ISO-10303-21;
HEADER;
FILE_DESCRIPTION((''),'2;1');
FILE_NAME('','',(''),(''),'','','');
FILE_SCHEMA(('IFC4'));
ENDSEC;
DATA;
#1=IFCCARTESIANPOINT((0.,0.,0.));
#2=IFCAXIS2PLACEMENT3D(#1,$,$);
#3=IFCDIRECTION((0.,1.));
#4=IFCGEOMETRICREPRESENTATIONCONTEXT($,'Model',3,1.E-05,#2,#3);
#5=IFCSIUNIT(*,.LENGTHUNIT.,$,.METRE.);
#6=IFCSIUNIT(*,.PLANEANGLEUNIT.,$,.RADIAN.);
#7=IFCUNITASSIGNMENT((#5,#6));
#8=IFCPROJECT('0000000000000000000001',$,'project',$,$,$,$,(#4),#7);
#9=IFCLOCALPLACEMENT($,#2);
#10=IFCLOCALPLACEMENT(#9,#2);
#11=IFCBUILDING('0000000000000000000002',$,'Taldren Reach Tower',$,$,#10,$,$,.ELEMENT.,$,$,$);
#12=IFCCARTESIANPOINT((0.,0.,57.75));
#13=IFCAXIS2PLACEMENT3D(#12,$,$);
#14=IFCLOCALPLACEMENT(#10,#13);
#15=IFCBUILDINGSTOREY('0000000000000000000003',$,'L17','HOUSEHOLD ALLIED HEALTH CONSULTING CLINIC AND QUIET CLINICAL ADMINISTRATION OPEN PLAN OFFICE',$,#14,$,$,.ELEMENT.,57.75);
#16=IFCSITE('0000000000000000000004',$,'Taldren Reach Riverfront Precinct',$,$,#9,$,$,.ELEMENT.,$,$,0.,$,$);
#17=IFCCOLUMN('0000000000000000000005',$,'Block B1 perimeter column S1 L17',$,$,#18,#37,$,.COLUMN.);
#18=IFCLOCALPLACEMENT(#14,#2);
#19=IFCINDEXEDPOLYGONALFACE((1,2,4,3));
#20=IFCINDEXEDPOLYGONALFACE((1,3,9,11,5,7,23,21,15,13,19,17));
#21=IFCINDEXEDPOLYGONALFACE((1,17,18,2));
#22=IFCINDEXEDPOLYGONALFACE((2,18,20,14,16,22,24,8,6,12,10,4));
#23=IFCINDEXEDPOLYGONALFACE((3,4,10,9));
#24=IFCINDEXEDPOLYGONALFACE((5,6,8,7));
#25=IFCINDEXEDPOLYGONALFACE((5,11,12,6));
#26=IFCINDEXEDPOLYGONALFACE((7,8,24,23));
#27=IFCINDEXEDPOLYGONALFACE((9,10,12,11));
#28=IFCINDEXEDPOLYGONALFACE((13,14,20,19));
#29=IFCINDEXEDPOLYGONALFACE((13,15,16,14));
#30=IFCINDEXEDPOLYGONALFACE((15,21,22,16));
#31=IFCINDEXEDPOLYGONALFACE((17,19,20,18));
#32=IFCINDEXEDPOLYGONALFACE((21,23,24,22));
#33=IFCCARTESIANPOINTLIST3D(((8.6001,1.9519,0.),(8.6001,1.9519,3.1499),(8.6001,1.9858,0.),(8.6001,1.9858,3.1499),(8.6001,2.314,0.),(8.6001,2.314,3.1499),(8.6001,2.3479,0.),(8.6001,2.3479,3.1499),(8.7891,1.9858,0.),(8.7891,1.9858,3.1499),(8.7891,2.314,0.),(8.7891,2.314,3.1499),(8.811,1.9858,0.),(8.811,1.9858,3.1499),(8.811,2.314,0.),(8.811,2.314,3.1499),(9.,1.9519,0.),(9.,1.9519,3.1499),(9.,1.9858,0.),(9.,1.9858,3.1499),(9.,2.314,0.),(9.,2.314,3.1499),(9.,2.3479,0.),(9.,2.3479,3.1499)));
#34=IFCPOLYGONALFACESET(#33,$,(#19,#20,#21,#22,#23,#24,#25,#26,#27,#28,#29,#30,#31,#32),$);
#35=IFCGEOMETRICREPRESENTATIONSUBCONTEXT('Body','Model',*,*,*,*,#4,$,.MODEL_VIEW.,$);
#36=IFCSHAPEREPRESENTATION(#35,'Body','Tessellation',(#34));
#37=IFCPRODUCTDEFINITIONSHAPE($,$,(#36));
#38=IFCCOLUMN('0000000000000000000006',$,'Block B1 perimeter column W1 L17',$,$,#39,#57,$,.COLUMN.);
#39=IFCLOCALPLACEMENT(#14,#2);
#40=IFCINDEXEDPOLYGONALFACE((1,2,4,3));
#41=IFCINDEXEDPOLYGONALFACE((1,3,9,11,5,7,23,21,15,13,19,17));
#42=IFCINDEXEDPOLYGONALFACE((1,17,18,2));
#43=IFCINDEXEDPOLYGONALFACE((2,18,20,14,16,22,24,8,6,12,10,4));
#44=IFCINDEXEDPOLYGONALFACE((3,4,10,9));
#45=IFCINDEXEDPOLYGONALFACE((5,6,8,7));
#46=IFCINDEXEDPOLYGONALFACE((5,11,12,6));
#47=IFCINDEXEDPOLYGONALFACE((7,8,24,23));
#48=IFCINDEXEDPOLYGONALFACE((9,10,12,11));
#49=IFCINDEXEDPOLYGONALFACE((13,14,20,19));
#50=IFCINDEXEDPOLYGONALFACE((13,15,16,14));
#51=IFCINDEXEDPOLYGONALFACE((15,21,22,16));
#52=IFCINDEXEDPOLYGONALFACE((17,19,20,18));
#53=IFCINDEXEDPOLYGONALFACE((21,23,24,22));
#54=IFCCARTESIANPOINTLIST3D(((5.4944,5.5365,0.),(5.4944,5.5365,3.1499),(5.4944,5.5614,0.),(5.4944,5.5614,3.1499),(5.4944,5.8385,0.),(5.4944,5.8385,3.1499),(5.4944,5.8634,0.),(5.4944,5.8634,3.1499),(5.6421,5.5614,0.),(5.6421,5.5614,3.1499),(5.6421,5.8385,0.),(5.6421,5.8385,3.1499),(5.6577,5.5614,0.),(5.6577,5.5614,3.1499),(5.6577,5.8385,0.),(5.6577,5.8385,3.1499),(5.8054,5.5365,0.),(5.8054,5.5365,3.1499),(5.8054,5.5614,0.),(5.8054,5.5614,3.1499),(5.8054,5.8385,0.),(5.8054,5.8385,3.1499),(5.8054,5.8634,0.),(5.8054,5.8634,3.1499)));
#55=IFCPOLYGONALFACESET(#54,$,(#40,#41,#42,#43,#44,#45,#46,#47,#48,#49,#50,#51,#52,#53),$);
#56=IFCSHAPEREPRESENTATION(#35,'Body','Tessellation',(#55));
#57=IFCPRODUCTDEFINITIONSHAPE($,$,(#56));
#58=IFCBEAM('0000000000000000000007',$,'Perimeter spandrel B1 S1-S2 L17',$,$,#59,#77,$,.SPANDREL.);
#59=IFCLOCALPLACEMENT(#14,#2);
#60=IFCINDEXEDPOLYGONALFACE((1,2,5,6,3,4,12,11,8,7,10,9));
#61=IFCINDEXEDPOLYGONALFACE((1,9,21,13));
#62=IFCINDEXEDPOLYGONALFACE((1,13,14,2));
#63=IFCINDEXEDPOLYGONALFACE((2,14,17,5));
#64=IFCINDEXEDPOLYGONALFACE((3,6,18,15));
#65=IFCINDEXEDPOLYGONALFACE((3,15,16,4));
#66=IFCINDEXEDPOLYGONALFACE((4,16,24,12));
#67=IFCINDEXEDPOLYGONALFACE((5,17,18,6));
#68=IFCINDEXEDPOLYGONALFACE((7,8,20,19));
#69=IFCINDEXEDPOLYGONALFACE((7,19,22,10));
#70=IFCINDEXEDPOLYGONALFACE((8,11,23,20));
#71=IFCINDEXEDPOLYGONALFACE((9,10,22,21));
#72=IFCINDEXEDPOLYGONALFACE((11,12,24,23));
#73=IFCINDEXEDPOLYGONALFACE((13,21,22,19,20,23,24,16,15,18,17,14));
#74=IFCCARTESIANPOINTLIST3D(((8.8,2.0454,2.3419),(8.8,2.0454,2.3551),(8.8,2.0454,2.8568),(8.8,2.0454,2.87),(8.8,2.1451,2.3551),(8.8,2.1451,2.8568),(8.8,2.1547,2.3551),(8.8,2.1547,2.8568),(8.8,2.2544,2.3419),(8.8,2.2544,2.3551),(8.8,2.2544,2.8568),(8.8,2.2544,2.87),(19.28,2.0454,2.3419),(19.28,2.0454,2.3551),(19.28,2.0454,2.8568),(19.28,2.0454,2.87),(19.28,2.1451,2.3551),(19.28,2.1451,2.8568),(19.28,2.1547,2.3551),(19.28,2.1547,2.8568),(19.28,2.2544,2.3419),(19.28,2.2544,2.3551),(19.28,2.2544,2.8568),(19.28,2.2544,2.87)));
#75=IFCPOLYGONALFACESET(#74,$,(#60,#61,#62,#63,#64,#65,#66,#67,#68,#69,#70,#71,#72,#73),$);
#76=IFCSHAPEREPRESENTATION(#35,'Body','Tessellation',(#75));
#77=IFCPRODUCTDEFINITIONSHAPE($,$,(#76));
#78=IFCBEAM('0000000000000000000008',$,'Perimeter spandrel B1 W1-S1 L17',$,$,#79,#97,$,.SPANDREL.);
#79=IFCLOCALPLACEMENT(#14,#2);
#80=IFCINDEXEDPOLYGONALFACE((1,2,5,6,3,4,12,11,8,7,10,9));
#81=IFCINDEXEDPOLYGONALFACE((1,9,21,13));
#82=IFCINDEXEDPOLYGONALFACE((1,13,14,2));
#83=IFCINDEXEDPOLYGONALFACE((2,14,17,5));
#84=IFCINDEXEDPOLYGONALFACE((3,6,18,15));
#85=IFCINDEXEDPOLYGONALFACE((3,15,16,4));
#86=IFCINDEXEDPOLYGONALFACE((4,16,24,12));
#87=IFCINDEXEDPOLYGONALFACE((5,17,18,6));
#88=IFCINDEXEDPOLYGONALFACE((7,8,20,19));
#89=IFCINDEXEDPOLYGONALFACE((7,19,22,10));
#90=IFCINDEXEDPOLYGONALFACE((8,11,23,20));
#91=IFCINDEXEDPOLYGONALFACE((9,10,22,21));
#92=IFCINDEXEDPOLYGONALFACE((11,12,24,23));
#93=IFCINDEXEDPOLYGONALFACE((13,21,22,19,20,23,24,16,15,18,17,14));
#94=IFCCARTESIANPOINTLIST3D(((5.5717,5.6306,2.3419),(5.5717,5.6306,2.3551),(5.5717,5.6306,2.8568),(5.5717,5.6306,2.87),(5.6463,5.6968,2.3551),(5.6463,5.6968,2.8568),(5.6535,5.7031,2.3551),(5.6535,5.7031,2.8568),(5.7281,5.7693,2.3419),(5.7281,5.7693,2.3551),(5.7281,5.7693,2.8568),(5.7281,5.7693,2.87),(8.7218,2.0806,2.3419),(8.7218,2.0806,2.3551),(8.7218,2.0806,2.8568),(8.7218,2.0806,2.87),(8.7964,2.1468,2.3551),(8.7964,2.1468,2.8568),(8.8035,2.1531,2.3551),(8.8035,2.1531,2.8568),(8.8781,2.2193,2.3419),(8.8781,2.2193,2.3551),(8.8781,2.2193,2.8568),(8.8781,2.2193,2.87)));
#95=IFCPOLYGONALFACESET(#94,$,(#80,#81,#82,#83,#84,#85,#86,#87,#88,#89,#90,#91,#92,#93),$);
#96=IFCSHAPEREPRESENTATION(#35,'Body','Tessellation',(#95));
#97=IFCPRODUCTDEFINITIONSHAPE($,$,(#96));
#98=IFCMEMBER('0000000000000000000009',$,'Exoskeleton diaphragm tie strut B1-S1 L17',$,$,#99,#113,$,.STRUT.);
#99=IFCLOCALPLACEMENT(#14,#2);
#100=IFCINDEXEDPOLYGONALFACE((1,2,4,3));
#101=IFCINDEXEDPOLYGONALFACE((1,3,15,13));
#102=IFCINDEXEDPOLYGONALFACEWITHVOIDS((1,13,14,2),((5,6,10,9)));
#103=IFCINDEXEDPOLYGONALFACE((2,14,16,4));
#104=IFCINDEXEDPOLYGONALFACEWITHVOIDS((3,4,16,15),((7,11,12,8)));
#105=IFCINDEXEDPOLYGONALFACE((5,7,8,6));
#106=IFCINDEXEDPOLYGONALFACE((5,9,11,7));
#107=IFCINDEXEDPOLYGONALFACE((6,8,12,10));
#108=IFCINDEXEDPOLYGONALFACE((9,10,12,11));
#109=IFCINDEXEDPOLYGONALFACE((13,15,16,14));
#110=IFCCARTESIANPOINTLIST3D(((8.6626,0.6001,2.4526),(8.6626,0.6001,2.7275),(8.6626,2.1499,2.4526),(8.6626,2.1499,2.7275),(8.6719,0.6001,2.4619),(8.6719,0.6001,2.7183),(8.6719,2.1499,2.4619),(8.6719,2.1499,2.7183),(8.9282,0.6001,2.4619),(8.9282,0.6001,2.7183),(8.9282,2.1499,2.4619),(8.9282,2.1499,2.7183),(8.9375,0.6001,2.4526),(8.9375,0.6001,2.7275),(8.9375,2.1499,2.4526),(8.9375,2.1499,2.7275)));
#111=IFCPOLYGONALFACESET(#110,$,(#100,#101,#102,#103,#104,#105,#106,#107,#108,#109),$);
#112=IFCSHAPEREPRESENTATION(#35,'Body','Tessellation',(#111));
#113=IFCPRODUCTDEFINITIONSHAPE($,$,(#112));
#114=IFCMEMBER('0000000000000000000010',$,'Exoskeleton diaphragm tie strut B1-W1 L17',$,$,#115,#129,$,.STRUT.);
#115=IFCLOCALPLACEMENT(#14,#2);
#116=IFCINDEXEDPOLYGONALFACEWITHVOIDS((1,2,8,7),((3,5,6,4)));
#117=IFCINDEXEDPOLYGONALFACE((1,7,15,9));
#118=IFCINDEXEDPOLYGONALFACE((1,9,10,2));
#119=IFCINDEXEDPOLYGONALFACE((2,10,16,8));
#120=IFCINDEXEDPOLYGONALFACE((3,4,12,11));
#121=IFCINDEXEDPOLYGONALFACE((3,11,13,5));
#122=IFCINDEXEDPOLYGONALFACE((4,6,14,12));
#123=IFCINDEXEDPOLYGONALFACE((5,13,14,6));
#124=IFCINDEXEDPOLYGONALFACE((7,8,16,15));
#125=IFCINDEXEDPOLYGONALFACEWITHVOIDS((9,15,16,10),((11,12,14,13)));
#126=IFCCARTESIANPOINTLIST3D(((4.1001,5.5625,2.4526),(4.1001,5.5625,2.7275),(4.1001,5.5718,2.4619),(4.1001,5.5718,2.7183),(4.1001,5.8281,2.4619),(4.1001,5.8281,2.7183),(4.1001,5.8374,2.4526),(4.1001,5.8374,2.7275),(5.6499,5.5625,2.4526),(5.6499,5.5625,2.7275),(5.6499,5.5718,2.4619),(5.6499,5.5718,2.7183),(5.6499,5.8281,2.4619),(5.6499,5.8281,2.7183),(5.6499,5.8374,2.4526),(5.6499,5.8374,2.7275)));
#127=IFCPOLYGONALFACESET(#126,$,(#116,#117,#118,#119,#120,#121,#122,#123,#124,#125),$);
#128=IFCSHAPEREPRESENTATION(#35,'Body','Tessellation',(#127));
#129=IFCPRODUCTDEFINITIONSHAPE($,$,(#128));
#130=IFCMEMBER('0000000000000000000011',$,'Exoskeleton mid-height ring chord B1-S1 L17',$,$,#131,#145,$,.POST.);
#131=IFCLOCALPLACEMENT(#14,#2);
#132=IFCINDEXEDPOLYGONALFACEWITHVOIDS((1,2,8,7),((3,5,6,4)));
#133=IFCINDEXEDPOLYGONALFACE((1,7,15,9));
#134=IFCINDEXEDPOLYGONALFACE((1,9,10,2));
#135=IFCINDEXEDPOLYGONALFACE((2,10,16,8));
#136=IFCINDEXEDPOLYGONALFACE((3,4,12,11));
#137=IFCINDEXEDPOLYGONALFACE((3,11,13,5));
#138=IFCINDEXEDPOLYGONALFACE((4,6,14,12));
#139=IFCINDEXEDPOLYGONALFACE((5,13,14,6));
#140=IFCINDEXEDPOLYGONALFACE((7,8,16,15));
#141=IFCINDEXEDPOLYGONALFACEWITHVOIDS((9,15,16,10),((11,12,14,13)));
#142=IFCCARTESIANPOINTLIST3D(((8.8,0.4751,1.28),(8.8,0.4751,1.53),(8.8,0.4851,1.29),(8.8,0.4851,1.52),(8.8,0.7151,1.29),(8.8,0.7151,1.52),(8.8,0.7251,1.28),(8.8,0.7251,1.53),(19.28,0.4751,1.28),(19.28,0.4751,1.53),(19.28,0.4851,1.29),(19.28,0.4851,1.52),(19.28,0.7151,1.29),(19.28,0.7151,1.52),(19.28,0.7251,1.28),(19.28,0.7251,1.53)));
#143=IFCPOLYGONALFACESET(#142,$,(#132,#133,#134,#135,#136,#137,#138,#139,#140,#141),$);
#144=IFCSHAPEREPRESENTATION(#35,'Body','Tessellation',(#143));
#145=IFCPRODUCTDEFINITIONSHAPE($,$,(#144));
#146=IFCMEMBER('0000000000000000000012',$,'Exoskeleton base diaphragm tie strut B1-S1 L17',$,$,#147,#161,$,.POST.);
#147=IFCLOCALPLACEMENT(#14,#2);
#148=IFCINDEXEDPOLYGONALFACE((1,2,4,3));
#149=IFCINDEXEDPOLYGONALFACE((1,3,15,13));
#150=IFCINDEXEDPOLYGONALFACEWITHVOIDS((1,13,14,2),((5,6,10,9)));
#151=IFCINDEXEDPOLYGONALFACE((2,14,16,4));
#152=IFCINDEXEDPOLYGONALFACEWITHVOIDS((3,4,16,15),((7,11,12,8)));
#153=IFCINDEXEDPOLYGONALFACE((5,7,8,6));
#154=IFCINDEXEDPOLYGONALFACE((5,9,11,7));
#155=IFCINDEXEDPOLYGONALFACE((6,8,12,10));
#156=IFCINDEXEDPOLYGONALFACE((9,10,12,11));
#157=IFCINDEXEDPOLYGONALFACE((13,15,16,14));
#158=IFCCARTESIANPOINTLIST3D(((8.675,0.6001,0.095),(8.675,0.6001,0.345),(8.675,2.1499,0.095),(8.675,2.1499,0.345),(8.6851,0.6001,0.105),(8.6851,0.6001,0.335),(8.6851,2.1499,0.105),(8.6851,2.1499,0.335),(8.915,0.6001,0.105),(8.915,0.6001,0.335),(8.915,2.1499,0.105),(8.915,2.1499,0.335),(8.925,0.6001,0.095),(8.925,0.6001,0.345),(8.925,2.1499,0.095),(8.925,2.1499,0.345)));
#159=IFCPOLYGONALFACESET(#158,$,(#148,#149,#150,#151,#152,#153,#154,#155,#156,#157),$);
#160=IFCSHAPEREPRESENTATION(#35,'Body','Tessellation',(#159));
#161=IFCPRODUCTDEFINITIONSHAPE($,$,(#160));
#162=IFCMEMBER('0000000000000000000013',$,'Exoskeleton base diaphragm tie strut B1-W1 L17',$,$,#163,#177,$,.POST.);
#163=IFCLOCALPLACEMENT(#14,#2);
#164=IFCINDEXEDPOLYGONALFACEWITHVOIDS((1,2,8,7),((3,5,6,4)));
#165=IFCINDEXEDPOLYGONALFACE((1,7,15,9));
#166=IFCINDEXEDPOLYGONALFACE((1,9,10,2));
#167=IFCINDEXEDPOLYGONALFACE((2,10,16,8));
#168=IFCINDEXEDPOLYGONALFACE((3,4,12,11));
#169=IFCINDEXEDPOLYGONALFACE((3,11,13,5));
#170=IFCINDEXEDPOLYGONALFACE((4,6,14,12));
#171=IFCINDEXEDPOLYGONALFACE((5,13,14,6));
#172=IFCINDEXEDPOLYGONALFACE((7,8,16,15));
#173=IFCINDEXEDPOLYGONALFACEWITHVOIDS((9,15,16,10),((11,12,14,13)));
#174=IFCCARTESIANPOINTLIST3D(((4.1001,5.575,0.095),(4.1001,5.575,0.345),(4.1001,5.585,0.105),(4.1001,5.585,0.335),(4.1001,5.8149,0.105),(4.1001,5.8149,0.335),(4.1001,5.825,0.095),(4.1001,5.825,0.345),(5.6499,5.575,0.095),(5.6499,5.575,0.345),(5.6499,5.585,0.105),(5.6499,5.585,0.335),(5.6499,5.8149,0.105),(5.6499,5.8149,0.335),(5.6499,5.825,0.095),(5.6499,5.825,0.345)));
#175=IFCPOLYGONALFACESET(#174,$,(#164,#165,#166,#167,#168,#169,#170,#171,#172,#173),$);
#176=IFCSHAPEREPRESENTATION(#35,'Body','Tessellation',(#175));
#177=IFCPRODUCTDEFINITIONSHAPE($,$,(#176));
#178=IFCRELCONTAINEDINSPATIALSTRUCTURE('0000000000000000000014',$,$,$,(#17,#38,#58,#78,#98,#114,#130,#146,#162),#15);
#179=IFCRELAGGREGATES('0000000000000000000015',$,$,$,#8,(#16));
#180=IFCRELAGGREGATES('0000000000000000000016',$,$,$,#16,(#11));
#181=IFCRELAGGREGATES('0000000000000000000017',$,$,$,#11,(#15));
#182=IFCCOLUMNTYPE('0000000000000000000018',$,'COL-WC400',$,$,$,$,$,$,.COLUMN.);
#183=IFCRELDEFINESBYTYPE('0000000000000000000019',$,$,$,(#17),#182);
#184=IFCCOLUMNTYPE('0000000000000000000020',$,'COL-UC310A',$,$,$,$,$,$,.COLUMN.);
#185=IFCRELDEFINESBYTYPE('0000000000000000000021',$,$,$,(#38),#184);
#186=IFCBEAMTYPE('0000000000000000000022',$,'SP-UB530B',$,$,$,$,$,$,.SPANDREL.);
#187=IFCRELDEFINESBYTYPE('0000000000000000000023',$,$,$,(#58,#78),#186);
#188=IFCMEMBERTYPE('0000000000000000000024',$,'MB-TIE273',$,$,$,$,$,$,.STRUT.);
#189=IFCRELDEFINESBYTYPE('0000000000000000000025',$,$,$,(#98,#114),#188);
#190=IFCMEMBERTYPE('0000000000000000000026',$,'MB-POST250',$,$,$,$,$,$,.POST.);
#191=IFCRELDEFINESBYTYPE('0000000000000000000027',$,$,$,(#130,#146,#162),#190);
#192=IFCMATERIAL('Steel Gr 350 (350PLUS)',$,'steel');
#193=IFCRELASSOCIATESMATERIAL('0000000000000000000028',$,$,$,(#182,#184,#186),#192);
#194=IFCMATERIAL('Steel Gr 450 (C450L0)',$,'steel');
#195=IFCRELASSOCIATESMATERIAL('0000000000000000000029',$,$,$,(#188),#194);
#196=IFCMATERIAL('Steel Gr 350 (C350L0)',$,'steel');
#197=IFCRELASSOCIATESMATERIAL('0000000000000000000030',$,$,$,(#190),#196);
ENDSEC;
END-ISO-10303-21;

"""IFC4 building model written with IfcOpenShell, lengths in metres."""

from ifc_helpers import new_model, si_unit, direction, frame, origin, origin_2d, place, context, subcontext, project, spatial, hollow_rectangle, i_section, extrude, source, transform, mapped, material, material_profile, profile_set, type_object, element, save


model = new_model("IFC4")

# Units and contexts
model_context = context("Model", 3, precision=1e-05, world=origin(), true_north=direction((0.0, 1.0)))
body_context = subcontext(model_context, "Body", "Model", "MODEL_VIEW")
ifc_project = project(units=[si_unit("LENGTHUNIT", "METRE"), si_unit("PLANEANGLEUNIT", "RADIAN")], contexts=[model_context])

# Site, building, storey
site_placement = place(None, origin())
site = spatial("IfcSite", under=ifc_project, at=site_placement, Name="Taldren Reach Riverfront Precinct", CompositionType="ELEMENT", RefElevation=0.0)
building_placement = place(site_placement, origin())
building = spatial("IfcBuilding", under=site, at=building_placement, Name="Taldren Reach Tower", CompositionType="ELEMENT")
storey_placement = place(building_placement, frame((0.0, 0.0, 57.75)))
storey = spatial("IfcBuildingStorey", under=building, at=storey_placement, Name="L17", Description="HOUSEHOLD ALLIED HEALTH CONSULTING CLINIC AND QUIET CLINICAL ADMINISTRATION OPEN PLAN OFFICE", CompositionType="ELEMENT", Elevation=57.75)

# Columns
ifc_material_1 = material(Name="Steel Gr 350 (350PLUS)", Category="steel")
ifc_material_profile_1 = material_profile(ifc_material_1, i_section(OverallWidth=0.3999, OverallDepth=0.396, WebThickness=0.022, FlangeThickness=0.0339, at=origin_2d()), Name="400WC270")
ifc_profile_set_1 = profile_set([ifc_material_profile_1], Name="Steel Gr 350 (350PLUS)")
column_type_1 = type_object("IfcColumnType", Name="COL-WC400", PredefinedType="COLUMN", material=ifc_profile_set_1)
shared_shape_1 = source(origin(), body_context, "Body", "SweptSolid", [
    extrude(i_section(OverallWidth=0.3999, OverallDepth=0.396, WebThickness=0.022, FlangeThickness=0.0339, at=origin_2d()), origin(), (0.0, 0.0, 1.0), 3.1499),
])
column_1_placement = place(storey_placement, frame((8.8, 2.1499, 0.0), z_axis=(0.0, 0.0, 1.0), x_axis=(1.0, 0.0, 0.0)))
element("IfcColumn", 1, at=column_1_placement, inside=storey, type_object=column_type_1, Name="Block B1 perimeter column S1 L17", PredefinedType="COLUMN", context=body_context, shape_type="MappedRepresentation", body=[
    mapped(shared_shape_1, transform((0.0, 0.0, 0.0), scale=1.0)),
])
ifc_material_profile_2 = material_profile(ifc_material_1, i_section(OverallWidth=0.311, OverallDepth=0.3269, WebThickness=0.0156, FlangeThickness=0.0249, at=origin_2d()), Name="310UC158")
ifc_profile_set_2 = profile_set([ifc_material_profile_2], Name="Steel Gr 350 (350PLUS)")
column_type_2 = type_object("IfcColumnType", Name="COL-UC310A", PredefinedType="COLUMN", material=ifc_profile_set_2)
shared_shape_2 = source(origin(), body_context, "Body", "SweptSolid", [
    extrude(i_section(OverallWidth=0.311, OverallDepth=0.3269, WebThickness=0.0156, FlangeThickness=0.0249, at=origin_2d()), origin(), (0.0, 0.0, 1.0), 3.1499),
])
column_2_placement = place(storey_placement, frame((5.6499, 5.7, 0.0), z_axis=(0.0, 0.0, 1.0), x_axis=(1.0, 0.0, 0.0)))
element("IfcColumn", 2, at=column_2_placement, inside=storey, type_object=column_type_2, Name="Block B1 perimeter column W1 L17", PredefinedType="COLUMN", context=body_context, shape_type="MappedRepresentation", body=[
    mapped(shared_shape_2, transform((0.0, 0.0, 0.0), scale=1.0)),
])

# Beams
ifc_material_profile_3 = material_profile(ifc_material_1, i_section(OverallWidth=0.209, OverallDepth=0.5281, WebThickness=0.0095, FlangeThickness=0.0132, at=origin_2d()), Name="530UB82.0")
ifc_profile_set_3 = profile_set([ifc_material_profile_3], Name="Steel Gr 350 (350PLUS)")
beam_type = type_object("IfcBeamType", Name="SP-UB530B", PredefinedType="SPANDREL", material=ifc_profile_set_3)
shared_shape_3 = source(origin(), body_context, "Body", "SweptSolid", [
    extrude(i_section(OverallWidth=0.209, OverallDepth=0.5281, WebThickness=0.0095, FlangeThickness=0.0132, at=origin_2d()), origin(), (0.0, 0.0, 1.0), 10.48),
])
beam_1_placement = place(storey_placement, frame((8.8, 2.1499, 2.606), z_axis=(1.0, 0.0, 0.0), x_axis=(0.0, 1.0, 0.0)))
element("IfcBeam", 3, at=beam_1_placement, inside=storey, type_object=beam_type, Name="Perimeter spandrel B1 S1-S2 L17", PredefinedType="SPANDREL", context=body_context, shape_type="MappedRepresentation", body=[
    mapped(shared_shape_3, transform((0.0, 0.0, 0.0), scale=1.0)),
])
shared_shape_4 = source(origin(), body_context, "Body", "SweptSolid", [
    extrude(i_section(OverallWidth=0.209, OverallDepth=0.5281, WebThickness=0.0095, FlangeThickness=0.0132, at=origin_2d()), origin(), (0.0, 0.0, 1.0), 4.7461),
])
beam_2_placement = place(storey_placement, frame((5.6499, 5.7, 2.606), z_axis=(0.663722, -0.747979, 0.0), x_axis=(0.747979, 0.663722, 0.0)))
element("IfcBeam", 4, at=beam_2_placement, inside=storey, type_object=beam_type, Name="Perimeter spandrel B1 W1-S1 L17", PredefinedType="SPANDREL", context=body_context, shape_type="MappedRepresentation", body=[
    mapped(shared_shape_4, transform((0.0, 0.0, 0.0), scale=1.0)),
])

# Members
ifc_material_2 = material(Name="Steel Gr 450 (C450L0)", Category="steel")
ifc_material_profile_4 = material_profile(ifc_material_2, hollow_rectangle(XDim=0.2749, YDim=0.2749, WallThickness=0.0093, at=origin_2d()), Name="275x275x9.3SHS")
ifc_profile_set_4 = profile_set([ifc_material_profile_4], Name="Steel Gr 450 (C450L0)")
member_type_1 = type_object("IfcMemberType", Name="MB-TIE273", PredefinedType="STRUT", material=ifc_profile_set_4)
shared_shape_5 = source(origin(), body_context, "Body", "SweptSolid", [
    extrude(hollow_rectangle(XDim=0.2749, YDim=0.2749, WallThickness=0.0093, at=origin_2d()), origin(), (0.0, 0.0, 1.0), 1.5498),
])
for number, where, z_axis, x_axis, name in (
    (5, (8.8, 2.1499, 2.5901), (0.0, -1.0, 0.0), (1.0, 0.0, 0.0), "Exoskeleton diaphragm tie strut B1-S1 L17"),
    (6, (5.6499, 5.7, 2.5901), (-1.0, 0.0, 0.0), (0.0, -1.0, 0.0), "Exoskeleton diaphragm tie strut B1-W1 L17"),
):
    element("IfcMember", number, at=place(storey_placement, frame(where, z_axis=z_axis, x_axis=x_axis)), inside=storey, type_object=member_type_1, Name=name, PredefinedType="STRUT", context=body_context, shape_type="MappedRepresentation", body=[
        mapped(shared_shape_5, transform((0.0, 0.0, 0.0), scale=1.0)),
    ])
ifc_material_3 = material(Name="Steel Gr 350 (C350L0)", Category="steel")
ifc_material_profile_5 = material_profile(ifc_material_3, hollow_rectangle(XDim=0.25, YDim=0.25, WallThickness=0.01, at=origin_2d()), Name="250x250x10.0SHS")
ifc_profile_set_5 = profile_set([ifc_material_profile_5], Name="Steel Gr 350 (C350L0)")
member_type_2 = type_object("IfcMemberType", Name="MB-POST250", PredefinedType="POST", material=ifc_profile_set_5)
shared_shape_6 = source(origin(), body_context, "Body", "SweptSolid", [
    extrude(hollow_rectangle(XDim=0.25, YDim=0.25, WallThickness=0.01, at=origin_2d()), origin(), (0.0, 0.0, 1.0), 10.48),
])
member_1_placement = place(storey_placement, frame((8.8, 0.6001, 1.405), z_axis=(1.0, 0.0, 0.0), x_axis=(0.0, 1.0, 0.0)))
element("IfcMember", 7, at=member_1_placement, inside=storey, type_object=member_type_2, Name="Exoskeleton mid-height ring chord B1-S1 L17", PredefinedType="POST", context=body_context, shape_type="MappedRepresentation", body=[
    mapped(shared_shape_6, transform((0.0, 0.0, 0.0), scale=1.0)),
])
shared_shape_7 = source(origin(), body_context, "Body", "SweptSolid", [
    extrude(hollow_rectangle(XDim=0.25, YDim=0.25, WallThickness=0.01, at=origin_2d()), origin(), (0.0, 0.0, 1.0), 1.5498),
])
for number, where, z_axis, x_axis, name in (
    (8, (8.8, 2.1499, 0.22), (0.0, -1.0, 0.0), (1.0, 0.0, 0.0), "Exoskeleton base diaphragm tie strut B1-S1 L17"),
    (9, (5.6499, 5.7, 0.22), (-1.0, 0.0, 0.0), (0.0, -1.0, 0.0), "Exoskeleton base diaphragm tie strut B1-W1 L17"),
):
    element("IfcMember", number, at=place(storey_placement, frame(where, z_axis=z_axis, x_axis=x_axis)), inside=storey, type_object=member_type_2, Name=name, PredefinedType="POST", context=body_context, shape_type="MappedRepresentation", body=[
        mapped(shared_shape_7, transform((0.0, 0.0, 0.0), scale=1.0)),
    ])

save(model, "model.ifc")
